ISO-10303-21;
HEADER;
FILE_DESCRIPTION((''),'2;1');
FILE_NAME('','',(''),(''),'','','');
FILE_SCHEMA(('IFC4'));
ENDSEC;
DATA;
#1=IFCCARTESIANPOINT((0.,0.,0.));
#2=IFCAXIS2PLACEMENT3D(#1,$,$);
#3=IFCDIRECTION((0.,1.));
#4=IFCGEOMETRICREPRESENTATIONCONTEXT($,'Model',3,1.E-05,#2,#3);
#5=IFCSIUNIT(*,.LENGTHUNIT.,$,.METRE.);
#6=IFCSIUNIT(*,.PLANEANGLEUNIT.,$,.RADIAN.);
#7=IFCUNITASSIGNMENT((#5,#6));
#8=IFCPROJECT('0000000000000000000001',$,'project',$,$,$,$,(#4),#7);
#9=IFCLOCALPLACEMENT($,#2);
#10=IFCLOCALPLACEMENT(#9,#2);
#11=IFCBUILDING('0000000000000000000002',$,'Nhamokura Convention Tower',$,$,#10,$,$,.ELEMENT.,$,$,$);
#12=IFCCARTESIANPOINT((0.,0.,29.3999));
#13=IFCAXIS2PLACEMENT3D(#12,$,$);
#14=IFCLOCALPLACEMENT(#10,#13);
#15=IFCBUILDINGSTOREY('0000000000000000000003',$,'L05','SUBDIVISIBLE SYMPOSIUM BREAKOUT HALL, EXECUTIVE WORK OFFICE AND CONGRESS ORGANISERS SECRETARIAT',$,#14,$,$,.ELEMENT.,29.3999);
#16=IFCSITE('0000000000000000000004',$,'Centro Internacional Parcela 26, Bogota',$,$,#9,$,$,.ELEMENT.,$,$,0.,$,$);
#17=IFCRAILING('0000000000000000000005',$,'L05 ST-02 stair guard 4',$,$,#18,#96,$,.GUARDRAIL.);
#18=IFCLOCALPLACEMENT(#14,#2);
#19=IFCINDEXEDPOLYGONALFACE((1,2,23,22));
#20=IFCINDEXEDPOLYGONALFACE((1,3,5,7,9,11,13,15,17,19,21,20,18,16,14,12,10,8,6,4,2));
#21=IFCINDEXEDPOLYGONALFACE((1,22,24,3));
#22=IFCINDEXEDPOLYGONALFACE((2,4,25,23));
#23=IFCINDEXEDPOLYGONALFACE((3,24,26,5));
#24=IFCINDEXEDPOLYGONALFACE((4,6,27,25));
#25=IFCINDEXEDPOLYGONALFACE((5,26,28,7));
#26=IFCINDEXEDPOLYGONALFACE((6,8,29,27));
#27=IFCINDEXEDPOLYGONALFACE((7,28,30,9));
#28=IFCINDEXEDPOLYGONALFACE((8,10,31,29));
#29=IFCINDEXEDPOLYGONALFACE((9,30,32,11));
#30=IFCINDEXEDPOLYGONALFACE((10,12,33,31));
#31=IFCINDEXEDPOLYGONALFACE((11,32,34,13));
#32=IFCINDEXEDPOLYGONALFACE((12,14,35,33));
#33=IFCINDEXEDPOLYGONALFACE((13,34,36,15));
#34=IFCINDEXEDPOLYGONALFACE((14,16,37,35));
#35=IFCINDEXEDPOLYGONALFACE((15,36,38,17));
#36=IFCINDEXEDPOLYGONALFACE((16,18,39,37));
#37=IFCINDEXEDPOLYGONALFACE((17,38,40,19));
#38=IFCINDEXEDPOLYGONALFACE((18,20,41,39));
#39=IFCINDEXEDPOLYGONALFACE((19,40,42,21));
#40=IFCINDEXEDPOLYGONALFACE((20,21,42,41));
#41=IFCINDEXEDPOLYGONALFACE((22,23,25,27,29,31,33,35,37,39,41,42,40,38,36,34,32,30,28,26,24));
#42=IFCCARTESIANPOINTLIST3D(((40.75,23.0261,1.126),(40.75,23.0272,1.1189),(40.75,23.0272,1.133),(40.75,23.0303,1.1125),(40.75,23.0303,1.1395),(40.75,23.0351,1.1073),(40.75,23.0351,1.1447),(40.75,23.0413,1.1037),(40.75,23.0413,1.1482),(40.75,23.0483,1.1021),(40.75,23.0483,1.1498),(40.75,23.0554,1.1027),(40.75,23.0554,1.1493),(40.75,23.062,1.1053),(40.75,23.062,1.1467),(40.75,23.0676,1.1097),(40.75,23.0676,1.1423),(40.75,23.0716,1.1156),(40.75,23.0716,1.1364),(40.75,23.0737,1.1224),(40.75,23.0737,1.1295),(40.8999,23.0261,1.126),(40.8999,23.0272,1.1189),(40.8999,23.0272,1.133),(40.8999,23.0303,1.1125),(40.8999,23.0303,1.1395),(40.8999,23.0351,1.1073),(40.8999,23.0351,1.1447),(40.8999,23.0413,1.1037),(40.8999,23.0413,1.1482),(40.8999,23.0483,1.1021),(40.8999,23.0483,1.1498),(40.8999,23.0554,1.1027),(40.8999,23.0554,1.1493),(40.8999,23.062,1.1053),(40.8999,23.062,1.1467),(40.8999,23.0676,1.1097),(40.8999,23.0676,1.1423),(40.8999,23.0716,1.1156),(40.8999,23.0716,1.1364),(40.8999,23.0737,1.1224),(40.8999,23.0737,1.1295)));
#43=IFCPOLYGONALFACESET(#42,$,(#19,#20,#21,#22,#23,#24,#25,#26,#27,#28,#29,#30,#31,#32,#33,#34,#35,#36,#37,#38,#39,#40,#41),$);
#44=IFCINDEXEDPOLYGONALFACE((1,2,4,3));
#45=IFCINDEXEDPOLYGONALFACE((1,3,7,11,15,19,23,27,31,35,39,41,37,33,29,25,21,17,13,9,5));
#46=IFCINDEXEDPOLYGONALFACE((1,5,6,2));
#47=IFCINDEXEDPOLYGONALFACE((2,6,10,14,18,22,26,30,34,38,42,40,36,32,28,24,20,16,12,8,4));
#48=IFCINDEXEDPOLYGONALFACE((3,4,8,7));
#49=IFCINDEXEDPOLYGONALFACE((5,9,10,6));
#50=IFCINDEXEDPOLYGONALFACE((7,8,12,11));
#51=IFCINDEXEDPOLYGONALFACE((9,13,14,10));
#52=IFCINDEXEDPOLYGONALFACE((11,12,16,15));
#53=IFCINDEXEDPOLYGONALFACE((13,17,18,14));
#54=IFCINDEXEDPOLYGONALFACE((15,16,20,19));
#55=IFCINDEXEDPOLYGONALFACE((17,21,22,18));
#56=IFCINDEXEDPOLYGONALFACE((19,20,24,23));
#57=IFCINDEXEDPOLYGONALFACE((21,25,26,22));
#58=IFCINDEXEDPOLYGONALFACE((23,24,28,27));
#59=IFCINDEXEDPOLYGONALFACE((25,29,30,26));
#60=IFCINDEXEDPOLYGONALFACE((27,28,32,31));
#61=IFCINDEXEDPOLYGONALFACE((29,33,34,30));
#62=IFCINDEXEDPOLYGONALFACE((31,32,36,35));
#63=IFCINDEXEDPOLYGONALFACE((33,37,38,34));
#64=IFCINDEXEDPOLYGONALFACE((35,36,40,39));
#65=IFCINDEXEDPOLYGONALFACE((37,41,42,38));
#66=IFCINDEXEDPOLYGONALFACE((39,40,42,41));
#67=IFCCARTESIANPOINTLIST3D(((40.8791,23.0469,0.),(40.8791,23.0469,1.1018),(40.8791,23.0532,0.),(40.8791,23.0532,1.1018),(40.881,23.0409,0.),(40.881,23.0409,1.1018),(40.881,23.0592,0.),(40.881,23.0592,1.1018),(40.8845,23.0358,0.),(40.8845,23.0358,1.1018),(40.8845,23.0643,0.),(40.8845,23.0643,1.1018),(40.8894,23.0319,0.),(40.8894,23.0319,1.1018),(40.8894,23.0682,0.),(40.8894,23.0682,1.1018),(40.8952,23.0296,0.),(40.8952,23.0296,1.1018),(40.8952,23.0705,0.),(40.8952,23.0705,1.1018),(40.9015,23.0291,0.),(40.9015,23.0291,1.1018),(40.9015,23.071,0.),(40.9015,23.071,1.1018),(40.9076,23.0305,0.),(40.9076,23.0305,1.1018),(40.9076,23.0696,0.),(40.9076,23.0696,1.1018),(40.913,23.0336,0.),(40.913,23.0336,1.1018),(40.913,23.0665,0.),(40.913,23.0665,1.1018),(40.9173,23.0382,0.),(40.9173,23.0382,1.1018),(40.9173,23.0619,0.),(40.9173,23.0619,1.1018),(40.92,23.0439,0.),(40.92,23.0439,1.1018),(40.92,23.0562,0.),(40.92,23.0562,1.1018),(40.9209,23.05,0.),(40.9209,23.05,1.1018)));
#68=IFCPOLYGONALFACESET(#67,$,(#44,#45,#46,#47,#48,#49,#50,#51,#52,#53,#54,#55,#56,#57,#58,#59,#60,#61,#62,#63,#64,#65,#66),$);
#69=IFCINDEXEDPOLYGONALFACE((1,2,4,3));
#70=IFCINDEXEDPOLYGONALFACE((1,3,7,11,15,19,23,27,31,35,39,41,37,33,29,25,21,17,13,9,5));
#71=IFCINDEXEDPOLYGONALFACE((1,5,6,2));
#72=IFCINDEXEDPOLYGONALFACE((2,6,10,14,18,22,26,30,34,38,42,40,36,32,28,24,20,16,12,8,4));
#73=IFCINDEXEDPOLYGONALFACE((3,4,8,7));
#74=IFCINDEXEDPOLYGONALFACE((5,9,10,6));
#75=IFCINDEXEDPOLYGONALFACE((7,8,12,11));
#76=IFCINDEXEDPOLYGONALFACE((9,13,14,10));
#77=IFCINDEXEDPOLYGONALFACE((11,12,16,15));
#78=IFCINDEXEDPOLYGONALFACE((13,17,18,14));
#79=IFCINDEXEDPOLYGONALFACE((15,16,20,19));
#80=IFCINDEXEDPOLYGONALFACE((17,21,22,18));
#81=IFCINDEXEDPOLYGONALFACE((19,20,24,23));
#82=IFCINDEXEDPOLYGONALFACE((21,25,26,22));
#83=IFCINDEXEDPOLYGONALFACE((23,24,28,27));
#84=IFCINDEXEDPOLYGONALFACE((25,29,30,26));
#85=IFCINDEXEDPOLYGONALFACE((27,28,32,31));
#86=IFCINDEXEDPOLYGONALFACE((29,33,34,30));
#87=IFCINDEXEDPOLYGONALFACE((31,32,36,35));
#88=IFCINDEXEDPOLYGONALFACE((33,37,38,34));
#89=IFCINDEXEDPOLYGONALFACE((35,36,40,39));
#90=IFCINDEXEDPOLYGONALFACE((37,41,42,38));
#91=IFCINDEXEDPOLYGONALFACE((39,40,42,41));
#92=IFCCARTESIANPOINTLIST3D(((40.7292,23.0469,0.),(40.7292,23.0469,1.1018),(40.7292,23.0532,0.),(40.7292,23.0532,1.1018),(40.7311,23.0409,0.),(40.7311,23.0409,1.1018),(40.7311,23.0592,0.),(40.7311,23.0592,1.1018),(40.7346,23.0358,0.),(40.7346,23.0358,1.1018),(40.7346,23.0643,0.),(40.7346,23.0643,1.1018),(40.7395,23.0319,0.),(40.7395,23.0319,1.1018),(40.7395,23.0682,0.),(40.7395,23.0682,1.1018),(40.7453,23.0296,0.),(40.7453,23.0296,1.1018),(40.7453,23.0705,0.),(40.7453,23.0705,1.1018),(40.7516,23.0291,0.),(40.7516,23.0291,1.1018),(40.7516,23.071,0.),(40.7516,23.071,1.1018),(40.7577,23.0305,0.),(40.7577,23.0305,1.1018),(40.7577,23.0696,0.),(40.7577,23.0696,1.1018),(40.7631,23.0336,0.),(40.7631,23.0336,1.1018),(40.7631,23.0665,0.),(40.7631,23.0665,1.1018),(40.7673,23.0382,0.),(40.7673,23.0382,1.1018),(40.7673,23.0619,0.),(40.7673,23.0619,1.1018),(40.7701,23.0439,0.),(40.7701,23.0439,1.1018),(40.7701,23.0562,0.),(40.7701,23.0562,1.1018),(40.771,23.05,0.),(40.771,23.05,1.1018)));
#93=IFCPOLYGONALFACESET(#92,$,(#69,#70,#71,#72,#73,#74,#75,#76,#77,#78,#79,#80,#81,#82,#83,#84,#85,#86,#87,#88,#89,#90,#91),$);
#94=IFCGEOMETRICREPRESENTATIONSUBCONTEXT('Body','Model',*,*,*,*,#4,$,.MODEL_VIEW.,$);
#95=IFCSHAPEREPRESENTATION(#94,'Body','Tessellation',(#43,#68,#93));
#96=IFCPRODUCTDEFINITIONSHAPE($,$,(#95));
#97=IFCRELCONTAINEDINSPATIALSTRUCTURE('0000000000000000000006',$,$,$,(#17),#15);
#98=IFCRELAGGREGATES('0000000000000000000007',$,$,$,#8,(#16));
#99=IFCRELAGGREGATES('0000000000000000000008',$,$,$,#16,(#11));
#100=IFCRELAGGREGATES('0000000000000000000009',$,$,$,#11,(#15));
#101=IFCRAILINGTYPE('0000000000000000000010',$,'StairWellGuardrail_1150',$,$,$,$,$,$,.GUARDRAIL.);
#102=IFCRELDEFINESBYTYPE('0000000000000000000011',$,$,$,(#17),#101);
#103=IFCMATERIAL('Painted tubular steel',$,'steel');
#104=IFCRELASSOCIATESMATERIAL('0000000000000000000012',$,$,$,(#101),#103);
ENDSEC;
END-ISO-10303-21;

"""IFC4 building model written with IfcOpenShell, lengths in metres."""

from ifc_helpers import new_model, si_unit, direction, frame, origin, origin_2d, place, context, subcontext, project, spatial, circle, extrude, material, type_object, element, save


model = new_model("IFC4")

# Units and contexts
model_context = context("Model", 3, precision=1e-05, world=origin(), true_north=direction((0.0, 1.0)))
body_context = subcontext(model_context, "Body", "Model", "MODEL_VIEW")
ifc_project = project(units=[si_unit("LENGTHUNIT", "METRE"), si_unit("PLANEANGLEUNIT", "RADIAN")], contexts=[model_context])

# Site, building, storey
site_placement = place(None, origin())
site = spatial("IfcSite", under=ifc_project, at=site_placement, Name="Centro Internacional Parcela 26, Bogota", CompositionType="ELEMENT", RefElevation=0.0)
building_placement = place(site_placement, origin())
building = spatial("IfcBuilding", under=site, at=building_placement, Name="Nhamokura Convention Tower", CompositionType="ELEMENT")
storey_placement = place(building_placement, frame((0.0, 0.0, 29.3999)))
storey = spatial("IfcBuildingStorey", under=building, at=storey_placement, Name="L05", Description="SUBDIVISIBLE SYMPOSIUM BREAKOUT HALL, EXECUTIVE WORK OFFICE AND CONGRESS ORGANISERS SECRETARIAT", CompositionType="ELEMENT", Elevation=29.3999)

# Railing
ifc_material_1 = material(Name="Painted tubular steel", Category="steel")
railing_type_1 = type_object("IfcRailingType", Name="StairWellGuardrail_1150", PredefinedType="GUARDRAIL", material=ifc_material_1)
railing_1_placement = place(storey_placement, frame((40.8999, 23.05, 0.0)))
element("IfcRailing", 1, at=railing_1_placement, inside=storey, type_object=railing_type_1, Name="L05 ST-02 stair guard 4", PredefinedType="GUARDRAIL", context=body_context, shape_type="SweptSolid", body=[
    extrude(circle(Radius=0.0239, at=origin_2d()), frame((0.0, 0.0, 1.126), z_axis=(-1.0, 0.0, 0.0), x_axis=(0.0, -1.0, 0.0)), (0.0, 0.0, 1.0), 0.1499),
    extrude(circle(Radius=0.021, at=origin_2d()), origin(), (0.0, 0.0, 1.0), 1.1018),
    extrude(circle(Radius=0.021, at=origin_2d()), frame((-0.1499, 0.0, 0.0)), (0.0, 0.0, 1.0), 1.1018),
])

save(model, "model.ifc")
